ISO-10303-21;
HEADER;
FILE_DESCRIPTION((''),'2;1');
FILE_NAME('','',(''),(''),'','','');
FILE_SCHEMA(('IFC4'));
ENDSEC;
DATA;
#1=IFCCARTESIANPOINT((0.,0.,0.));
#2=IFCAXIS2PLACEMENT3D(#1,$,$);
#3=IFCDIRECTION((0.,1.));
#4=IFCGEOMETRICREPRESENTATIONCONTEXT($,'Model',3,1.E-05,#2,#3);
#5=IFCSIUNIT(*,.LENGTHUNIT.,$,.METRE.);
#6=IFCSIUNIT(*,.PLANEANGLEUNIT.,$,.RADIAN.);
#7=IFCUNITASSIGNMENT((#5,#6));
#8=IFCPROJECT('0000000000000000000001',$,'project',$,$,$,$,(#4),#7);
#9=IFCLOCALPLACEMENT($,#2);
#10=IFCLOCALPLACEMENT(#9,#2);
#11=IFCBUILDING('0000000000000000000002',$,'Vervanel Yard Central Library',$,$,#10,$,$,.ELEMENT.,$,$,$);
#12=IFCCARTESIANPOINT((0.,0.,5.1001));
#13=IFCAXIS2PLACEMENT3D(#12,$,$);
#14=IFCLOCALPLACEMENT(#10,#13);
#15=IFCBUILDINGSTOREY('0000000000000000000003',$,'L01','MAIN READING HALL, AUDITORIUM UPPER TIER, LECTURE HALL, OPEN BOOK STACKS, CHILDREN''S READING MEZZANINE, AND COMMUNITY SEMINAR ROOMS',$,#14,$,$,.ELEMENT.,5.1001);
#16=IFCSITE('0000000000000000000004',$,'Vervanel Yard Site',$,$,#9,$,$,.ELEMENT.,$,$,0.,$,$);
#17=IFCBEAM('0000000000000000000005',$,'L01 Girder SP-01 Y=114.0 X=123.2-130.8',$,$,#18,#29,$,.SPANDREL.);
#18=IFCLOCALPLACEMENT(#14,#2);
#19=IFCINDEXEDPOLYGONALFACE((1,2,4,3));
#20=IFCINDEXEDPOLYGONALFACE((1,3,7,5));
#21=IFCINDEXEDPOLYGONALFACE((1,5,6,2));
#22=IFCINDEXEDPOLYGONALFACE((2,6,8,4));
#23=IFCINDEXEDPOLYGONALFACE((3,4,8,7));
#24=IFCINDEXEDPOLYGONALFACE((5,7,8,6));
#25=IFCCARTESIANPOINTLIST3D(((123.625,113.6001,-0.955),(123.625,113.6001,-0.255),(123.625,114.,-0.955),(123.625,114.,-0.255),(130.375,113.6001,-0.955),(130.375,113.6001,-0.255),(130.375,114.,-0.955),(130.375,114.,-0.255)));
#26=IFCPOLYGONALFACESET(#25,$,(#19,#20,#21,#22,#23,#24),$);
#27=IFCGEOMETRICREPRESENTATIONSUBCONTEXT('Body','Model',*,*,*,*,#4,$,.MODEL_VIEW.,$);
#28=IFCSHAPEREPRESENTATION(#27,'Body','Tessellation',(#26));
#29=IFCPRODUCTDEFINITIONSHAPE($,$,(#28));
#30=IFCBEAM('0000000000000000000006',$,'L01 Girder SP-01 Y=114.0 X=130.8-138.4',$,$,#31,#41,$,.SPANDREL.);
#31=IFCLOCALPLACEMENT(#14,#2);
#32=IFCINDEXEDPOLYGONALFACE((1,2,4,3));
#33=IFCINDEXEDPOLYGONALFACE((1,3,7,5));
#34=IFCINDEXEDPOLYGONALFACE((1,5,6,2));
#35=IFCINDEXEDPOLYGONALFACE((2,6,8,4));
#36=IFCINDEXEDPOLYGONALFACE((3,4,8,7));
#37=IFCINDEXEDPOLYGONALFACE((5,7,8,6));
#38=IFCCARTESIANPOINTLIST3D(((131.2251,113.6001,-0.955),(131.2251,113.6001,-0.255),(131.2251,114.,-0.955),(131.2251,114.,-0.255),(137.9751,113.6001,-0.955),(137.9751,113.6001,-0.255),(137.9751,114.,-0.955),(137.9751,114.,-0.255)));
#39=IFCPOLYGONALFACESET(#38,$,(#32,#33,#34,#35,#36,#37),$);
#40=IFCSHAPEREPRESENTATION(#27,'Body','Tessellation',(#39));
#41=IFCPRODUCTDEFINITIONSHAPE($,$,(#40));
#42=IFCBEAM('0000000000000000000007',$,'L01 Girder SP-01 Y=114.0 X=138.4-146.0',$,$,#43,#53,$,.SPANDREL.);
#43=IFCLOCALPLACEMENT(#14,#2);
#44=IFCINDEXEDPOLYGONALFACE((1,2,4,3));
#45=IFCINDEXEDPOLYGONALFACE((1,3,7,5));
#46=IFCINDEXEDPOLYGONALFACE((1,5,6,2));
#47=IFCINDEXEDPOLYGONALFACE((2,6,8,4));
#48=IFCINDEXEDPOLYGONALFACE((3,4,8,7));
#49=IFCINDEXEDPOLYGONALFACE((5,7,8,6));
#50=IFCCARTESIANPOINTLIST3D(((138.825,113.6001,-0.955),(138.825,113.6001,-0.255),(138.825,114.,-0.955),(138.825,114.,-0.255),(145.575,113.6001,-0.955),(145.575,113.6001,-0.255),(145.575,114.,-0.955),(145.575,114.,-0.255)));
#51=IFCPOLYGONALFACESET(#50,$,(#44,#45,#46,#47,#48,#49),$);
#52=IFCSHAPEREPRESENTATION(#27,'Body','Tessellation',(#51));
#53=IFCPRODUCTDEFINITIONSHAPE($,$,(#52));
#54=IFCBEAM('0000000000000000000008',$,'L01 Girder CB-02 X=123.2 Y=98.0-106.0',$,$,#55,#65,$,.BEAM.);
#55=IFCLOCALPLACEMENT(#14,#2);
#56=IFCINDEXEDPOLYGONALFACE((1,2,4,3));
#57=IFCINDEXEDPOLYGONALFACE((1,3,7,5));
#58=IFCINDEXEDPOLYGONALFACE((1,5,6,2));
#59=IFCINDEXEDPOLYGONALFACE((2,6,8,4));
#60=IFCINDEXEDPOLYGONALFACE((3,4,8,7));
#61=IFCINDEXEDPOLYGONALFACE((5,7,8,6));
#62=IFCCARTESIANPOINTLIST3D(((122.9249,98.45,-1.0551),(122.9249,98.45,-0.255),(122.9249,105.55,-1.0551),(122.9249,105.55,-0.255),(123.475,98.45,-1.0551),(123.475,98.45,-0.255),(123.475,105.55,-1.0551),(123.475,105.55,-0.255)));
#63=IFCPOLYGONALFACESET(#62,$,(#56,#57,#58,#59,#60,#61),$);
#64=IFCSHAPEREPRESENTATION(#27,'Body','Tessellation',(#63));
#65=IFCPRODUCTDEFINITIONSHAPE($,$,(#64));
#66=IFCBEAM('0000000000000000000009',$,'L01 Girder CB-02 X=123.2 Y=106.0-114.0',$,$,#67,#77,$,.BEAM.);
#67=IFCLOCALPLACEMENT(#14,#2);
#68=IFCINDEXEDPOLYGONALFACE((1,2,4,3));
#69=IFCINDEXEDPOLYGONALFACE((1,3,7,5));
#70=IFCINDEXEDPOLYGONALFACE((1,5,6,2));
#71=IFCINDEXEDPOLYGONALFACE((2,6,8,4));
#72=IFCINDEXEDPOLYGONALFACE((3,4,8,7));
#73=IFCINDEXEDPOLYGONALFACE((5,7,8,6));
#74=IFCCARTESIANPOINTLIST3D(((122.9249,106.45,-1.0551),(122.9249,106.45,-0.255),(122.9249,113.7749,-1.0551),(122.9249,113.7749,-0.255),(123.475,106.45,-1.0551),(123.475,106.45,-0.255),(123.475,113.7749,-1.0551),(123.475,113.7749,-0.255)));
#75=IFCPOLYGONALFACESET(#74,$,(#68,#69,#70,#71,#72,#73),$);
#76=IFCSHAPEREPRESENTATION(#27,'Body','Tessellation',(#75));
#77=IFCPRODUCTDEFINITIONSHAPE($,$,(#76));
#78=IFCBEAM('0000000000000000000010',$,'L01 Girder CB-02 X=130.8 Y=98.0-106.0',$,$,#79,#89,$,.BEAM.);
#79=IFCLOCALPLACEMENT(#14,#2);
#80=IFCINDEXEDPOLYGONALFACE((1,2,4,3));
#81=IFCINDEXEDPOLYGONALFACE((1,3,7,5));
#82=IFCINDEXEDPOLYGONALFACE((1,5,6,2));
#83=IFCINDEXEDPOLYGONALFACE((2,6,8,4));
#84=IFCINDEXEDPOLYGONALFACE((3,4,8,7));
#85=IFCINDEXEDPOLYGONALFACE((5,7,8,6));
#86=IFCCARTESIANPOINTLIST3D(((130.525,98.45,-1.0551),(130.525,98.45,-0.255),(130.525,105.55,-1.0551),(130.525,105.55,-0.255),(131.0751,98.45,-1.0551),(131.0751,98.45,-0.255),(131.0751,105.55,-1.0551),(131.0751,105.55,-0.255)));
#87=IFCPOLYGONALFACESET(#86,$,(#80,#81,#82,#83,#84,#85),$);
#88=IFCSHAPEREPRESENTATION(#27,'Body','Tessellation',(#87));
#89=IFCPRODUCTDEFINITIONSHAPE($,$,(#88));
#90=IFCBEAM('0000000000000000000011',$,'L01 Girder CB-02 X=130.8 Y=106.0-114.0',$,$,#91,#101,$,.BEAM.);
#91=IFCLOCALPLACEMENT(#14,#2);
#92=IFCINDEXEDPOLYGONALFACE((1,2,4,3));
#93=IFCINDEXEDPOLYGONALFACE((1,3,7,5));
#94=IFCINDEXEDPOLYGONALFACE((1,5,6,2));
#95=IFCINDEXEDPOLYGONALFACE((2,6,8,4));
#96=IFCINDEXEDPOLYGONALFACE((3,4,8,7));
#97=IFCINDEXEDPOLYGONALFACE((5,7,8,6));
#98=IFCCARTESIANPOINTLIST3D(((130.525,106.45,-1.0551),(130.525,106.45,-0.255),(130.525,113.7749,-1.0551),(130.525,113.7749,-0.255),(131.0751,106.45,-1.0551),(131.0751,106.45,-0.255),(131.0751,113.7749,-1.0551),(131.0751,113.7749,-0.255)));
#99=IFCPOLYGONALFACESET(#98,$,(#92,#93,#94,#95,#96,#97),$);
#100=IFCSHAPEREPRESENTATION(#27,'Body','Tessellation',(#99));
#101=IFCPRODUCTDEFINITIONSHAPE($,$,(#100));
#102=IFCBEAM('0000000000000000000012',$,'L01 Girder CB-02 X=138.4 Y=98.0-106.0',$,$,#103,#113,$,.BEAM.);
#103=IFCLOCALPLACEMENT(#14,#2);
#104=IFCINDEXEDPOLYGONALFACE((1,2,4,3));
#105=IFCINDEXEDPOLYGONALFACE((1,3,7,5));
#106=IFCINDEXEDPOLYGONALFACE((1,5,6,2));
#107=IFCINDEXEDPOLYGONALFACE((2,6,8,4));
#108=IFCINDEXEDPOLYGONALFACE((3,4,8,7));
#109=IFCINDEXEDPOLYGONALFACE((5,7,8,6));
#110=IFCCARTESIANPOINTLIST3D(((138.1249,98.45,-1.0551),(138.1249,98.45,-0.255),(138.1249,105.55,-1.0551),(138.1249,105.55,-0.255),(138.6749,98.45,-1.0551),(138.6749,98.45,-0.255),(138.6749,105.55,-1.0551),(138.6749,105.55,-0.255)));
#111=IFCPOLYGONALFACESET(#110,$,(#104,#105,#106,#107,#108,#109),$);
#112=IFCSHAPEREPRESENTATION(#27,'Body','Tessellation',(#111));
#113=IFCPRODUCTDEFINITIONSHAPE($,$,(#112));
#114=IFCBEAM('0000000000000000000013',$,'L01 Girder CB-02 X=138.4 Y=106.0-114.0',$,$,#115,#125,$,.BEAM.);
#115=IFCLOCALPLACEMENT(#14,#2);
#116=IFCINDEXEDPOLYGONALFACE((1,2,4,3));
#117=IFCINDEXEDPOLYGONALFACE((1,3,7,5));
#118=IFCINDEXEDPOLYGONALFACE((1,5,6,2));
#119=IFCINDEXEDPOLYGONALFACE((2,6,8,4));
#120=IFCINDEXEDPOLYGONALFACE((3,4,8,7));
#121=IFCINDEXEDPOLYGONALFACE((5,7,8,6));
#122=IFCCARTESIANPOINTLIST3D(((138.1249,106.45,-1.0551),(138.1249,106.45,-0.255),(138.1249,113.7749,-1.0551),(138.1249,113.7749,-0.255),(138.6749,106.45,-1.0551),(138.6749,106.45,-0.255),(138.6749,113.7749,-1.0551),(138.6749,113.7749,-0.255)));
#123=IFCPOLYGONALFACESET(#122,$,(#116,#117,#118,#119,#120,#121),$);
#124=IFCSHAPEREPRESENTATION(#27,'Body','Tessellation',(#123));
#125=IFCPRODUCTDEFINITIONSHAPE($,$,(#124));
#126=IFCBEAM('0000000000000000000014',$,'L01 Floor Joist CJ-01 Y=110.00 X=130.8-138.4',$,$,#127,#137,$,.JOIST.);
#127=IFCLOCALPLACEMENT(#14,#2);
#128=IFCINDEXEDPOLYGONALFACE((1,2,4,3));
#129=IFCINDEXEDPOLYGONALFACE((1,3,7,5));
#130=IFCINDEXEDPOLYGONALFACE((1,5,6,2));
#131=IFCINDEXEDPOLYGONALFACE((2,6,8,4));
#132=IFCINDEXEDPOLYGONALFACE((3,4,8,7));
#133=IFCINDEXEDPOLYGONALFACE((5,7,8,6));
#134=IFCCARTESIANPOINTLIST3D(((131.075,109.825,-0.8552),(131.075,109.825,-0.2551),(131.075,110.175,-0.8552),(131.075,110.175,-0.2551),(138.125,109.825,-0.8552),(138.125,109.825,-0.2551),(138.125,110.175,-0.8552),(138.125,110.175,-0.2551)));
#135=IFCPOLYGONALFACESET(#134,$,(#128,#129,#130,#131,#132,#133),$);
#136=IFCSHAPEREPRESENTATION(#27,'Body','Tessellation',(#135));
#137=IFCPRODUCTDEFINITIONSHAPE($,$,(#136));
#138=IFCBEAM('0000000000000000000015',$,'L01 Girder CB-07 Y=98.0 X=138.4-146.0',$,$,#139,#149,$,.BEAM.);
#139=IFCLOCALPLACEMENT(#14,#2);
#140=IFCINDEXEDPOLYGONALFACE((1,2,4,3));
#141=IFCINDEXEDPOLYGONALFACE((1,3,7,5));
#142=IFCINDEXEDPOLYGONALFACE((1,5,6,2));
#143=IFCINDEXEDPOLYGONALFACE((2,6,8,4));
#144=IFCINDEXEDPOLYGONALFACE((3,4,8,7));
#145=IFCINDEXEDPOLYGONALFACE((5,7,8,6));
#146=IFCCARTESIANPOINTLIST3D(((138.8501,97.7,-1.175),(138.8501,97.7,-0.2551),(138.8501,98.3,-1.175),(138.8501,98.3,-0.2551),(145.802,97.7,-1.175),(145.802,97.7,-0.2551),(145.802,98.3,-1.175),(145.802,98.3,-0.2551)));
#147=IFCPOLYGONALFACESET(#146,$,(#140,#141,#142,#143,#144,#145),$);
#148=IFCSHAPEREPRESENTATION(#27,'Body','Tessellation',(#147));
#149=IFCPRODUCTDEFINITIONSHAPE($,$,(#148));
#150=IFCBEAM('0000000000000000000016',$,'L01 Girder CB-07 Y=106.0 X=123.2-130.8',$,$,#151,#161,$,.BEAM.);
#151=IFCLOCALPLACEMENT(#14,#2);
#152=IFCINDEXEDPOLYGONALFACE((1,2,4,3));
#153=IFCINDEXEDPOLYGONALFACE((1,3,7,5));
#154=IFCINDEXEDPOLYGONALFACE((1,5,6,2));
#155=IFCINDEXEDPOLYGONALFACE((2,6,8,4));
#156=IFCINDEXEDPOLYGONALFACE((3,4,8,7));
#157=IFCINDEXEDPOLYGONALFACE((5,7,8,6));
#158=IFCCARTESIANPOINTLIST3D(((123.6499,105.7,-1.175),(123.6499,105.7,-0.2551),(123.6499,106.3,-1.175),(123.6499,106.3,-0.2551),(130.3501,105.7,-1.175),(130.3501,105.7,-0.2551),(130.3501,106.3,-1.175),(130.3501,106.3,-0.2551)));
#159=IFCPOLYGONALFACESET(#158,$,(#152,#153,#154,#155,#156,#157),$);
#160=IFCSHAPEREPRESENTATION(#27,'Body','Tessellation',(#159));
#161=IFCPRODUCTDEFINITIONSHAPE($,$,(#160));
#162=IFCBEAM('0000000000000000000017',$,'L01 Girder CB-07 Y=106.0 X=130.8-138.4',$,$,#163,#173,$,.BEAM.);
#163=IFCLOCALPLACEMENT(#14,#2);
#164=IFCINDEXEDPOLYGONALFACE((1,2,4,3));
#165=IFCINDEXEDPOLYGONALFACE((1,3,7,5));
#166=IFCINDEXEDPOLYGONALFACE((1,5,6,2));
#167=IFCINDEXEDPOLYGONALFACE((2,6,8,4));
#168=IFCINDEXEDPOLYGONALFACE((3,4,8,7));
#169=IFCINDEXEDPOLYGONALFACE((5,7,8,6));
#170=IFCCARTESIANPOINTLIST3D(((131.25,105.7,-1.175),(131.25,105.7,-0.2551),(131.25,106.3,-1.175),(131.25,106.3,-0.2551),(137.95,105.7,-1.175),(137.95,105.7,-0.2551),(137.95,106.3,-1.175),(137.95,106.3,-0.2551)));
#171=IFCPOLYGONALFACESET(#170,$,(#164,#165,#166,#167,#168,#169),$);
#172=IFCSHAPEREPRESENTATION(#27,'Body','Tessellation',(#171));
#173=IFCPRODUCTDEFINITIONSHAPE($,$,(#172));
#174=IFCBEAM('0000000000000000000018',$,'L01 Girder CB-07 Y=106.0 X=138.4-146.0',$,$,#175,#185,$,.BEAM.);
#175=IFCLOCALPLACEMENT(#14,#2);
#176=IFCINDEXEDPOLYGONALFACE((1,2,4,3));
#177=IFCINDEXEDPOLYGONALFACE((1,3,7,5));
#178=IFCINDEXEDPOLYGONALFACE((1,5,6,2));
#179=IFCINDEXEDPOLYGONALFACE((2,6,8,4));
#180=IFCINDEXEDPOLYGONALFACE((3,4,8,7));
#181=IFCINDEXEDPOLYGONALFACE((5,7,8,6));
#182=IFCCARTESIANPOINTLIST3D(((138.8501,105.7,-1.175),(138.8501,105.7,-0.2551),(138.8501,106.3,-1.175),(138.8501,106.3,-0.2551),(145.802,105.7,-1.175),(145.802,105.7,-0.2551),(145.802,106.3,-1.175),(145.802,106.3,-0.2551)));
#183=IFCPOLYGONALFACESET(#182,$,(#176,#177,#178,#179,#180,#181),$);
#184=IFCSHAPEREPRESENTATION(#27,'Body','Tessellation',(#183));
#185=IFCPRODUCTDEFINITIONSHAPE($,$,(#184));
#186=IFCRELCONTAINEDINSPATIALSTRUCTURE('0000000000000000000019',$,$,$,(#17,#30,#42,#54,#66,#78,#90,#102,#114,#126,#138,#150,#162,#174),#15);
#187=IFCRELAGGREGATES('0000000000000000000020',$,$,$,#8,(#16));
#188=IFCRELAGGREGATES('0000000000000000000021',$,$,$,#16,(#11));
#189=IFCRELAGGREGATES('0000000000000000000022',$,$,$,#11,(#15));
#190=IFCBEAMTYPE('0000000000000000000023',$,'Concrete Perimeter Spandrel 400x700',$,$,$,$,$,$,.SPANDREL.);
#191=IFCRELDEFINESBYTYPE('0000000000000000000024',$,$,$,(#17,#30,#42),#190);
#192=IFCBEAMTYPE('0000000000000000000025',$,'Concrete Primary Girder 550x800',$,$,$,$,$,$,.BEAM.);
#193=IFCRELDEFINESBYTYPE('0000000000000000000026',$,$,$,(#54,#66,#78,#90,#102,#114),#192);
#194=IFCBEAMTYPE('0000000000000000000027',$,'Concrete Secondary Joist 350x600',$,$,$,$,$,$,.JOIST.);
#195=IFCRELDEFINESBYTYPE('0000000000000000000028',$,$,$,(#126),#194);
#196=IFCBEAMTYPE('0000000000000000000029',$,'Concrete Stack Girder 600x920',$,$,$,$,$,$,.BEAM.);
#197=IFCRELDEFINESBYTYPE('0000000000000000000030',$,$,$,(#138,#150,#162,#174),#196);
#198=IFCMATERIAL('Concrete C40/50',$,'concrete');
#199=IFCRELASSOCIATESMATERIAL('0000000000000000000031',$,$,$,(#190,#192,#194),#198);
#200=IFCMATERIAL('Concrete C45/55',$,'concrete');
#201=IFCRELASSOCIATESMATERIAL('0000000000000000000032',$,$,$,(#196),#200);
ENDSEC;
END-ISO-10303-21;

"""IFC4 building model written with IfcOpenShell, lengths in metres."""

from ifc_helpers import new_model, si_unit, direction, frame, origin, origin_2d, place, context, subcontext, project, spatial, rectangle, extrude, material, material_profile, profile_set, type_object, element, save


model = new_model("IFC4")

# Units and contexts
model_context = context("Model", 3, precision=1e-05, world=origin(), true_north=direction((0.0, 1.0)))
body_context = subcontext(model_context, "Body", "Model", "MODEL_VIEW")
ifc_project = project(units=[si_unit("LENGTHUNIT", "METRE"), si_unit("PLANEANGLEUNIT", "RADIAN")], contexts=[model_context])

# Site, building, storey
site_placement = place(None, origin())
site = spatial("IfcSite", under=ifc_project, at=site_placement, Name="Vervanel Yard Site", CompositionType="ELEMENT", RefElevation=0.0)
building_placement = place(site_placement, origin())
building = spatial("IfcBuilding", under=site, at=building_placement, Name="Vervanel Yard Central Library", CompositionType="ELEMENT")
storey_placement = place(building_placement, frame((0.0, 0.0, 5.1001)))
storey = spatial("IfcBuildingStorey", under=building, at=storey_placement, Name="L01", Description="MAIN READING HALL, AUDITORIUM UPPER TIER, LECTURE HALL, OPEN BOOK STACKS, CHILDREN'S READING MEZZANINE, AND COMMUNITY SEMINAR ROOMS", CompositionType="ELEMENT", Elevation=5.1001)

# Beams
ifc_material_1 = material(Name="Concrete C40/50", Category="concrete")
ifc_material_profile_1 = material_profile(ifc_material_1, rectangle(XDim=0.3999, YDim=0.7, at=origin_2d()), Name="RC 400x700", Category="concrete")
ifc_profile_set_1 = profile_set([ifc_material_profile_1], Name="Concrete C40/50")
beam_type_1 = type_object("IfcBeamType", Name="Concrete Perimeter Spandrel 400x700", PredefinedType="SPANDREL", material=ifc_profile_set_1)
for number, where, z_axis, x_axis, name in (
    (1, (123.625, 113.8, -0.605), (1.0, 0.0, 0.0), (0.0, 1.0, 0.0), "L01 Girder SP-01 Y=114.0 X=123.2-130.8"),
    (2, (131.2251, 113.8, -0.605), (1.0, 0.0, 0.0), (0.0, 1.0, 0.0), "L01 Girder SP-01 Y=114.0 X=130.8-138.4"),
    (3, (138.825, 113.8, -0.605), (1.0, 0.0, 0.0), (0.0, 1.0, 0.0), "L01 Girder SP-01 Y=114.0 X=138.4-146.0"),
):
    element("IfcBeam", number, at=place(storey_placement, frame(where, z_axis=z_axis, x_axis=x_axis)), inside=storey, type_object=beam_type_1, Name=name, PredefinedType="SPANDREL", context=body_context, shape_type="SweptSolid", body=[
        extrude(rectangle(XDim=0.3999, YDim=0.7, at=origin_2d()), origin(), (0.0, 0.0, 1.0), 6.75),
    ])
ifc_material_profile_2 = material_profile(ifc_material_1, rectangle(XDim=0.55, YDim=0.8, at=origin_2d()), Name="RC 550x800", Category="concrete")
ifc_profile_set_2 = profile_set([ifc_material_profile_2], Name="Concrete C40/50")
beam_type_2 = type_object("IfcBeamType", Name="Concrete Primary Girder 550x800", PredefinedType="BEAM", material=ifc_profile_set_2)
beam_1_placement = place(storey_placement, frame((123.2, 98.45, -0.655), z_axis=(0.0, 1.0, 0.0), x_axis=(-1.0, 0.0, 0.0)))
element("IfcBeam", 4, at=beam_1_placement, inside=storey, type_object=beam_type_2, Name="L01 Girder CB-02 X=123.2 Y=98.0-106.0", PredefinedType="BEAM", context=body_context, shape_type="SweptSolid", body=[
    extrude(rectangle(XDim=0.55, YDim=0.8, at=origin_2d()), origin(), (0.0, 0.0, 1.0), 7.1001),
])
beam_2_placement = place(storey_placement, frame((123.2, 106.45, -0.655), z_axis=(0.0, 1.0, 0.0), x_axis=(-1.0, 0.0, 0.0)))
element("IfcBeam", 5, at=beam_2_placement, inside=storey, type_object=beam_type_2, Name="L01 Girder CB-02 X=123.2 Y=106.0-114.0", PredefinedType="BEAM", context=body_context, shape_type="SweptSolid", body=[
    extrude(rectangle(XDim=0.55, YDim=0.8, at=origin_2d()), origin(), (0.0, 0.0, 1.0), 7.325),
])
beam_3_placement = place(storey_placement, frame((130.8, 98.45, -0.655), z_axis=(0.0, 1.0, 0.0), x_axis=(-1.0, 0.0, 0.0)))
element("IfcBeam", 6, at=beam_3_placement, inside=storey, type_object=beam_type_2, Name="L01 Girder CB-02 X=130.8 Y=98.0-106.0", PredefinedType="BEAM", context=body_context, shape_type="SweptSolid", body=[
    extrude(rectangle(XDim=0.55, YDim=0.8, at=origin_2d()), origin(), (0.0, 0.0, 1.0), 7.1001),
])
beam_4_placement = place(storey_placement, frame((130.8, 106.45, -0.655), z_axis=(0.0, 1.0, 0.0), x_axis=(-1.0, 0.0, 0.0)))
element("IfcBeam", 7, at=beam_4_placement, inside=storey, type_object=beam_type_2, Name="L01 Girder CB-02 X=130.8 Y=106.0-114.0", PredefinedType="BEAM", context=body_context, shape_type="SweptSolid", body=[
    extrude(rectangle(XDim=0.55, YDim=0.8, at=origin_2d()), origin(), (0.0, 0.0, 1.0), 7.325),
])
beam_5_placement = place(storey_placement, frame((138.3999, 98.45, -0.655), z_axis=(0.0, 1.0, 0.0), x_axis=(-1.0, 0.0, 0.0)))
element("IfcBeam", 8, at=beam_5_placement, inside=storey, type_object=beam_type_2, Name="L01 Girder CB-02 X=138.4 Y=98.0-106.0", PredefinedType="BEAM", context=body_context, shape_type="SweptSolid", body=[
    extrude(rectangle(XDim=0.55, YDim=0.8, at=origin_2d()), origin(), (0.0, 0.0, 1.0), 7.1001),
])
beam_6_placement = place(storey_placement, frame((138.3999, 106.45, -0.655), z_axis=(0.0, 1.0, 0.0), x_axis=(-1.0, 0.0, 0.0)))
element("IfcBeam", 9, at=beam_6_placement, inside=storey, type_object=beam_type_2, Name="L01 Girder CB-02 X=138.4 Y=106.0-114.0", PredefinedType="BEAM", context=body_context, shape_type="SweptSolid", body=[
    extrude(rectangle(XDim=0.55, YDim=0.8, at=origin_2d()), origin(), (0.0, 0.0, 1.0), 7.325),
])
ifc_material_profile_3 = material_profile(ifc_material_1, rectangle(XDim=0.3501, YDim=0.6001, at=origin_2d()), Name="RC 350x600", Category="concrete")
ifc_profile_set_3 = profile_set([ifc_material_profile_3], Name="Concrete C40/50")
beam_type_3 = type_object("IfcBeamType", Name="Concrete Secondary Joist 350x600", PredefinedType="JOIST", material=ifc_profile_set_3)
beam_7_placement = place(storey_placement, frame((131.075, 110.0, -0.5552), z_axis=(1.0, 0.0, 0.0), x_axis=(0.0, 1.0, 0.0)))
element("IfcBeam", 10, at=beam_7_placement, inside=storey, type_object=beam_type_3, Name="L01 Floor Joist CJ-01 Y=110.00 X=130.8-138.4", PredefinedType="JOIST", context=body_context, shape_type="SweptSolid", body=[
    extrude(rectangle(XDim=0.3501, YDim=0.6001, at=origin_2d()), origin(), (0.0, 0.0, 1.0), 7.05),
])
ifc_material_2 = material(Name="Concrete C45/55", Category="concrete")
ifc_material_profile_4 = material_profile(ifc_material_2, rectangle(XDim=0.6001, YDim=0.9199, at=origin_2d()), Name="RC 600x920", Category="concrete")
ifc_profile_set_4 = profile_set([ifc_material_profile_4], Name="Concrete C45/55")
beam_type_4 = type_object("IfcBeamType", Name="Concrete Stack Girder 600x920", PredefinedType="BEAM", material=ifc_profile_set_4)
beam_8_placement = place(storey_placement, frame((138.8501, 98.0, -0.7151), z_axis=(1.0, 0.0, 0.0), x_axis=(0.0, 1.0, 0.0)))
element("IfcBeam", 11, at=beam_8_placement, inside=storey, type_object=beam_type_4, Name="L01 Girder CB-07 Y=98.0 X=138.4-146.0", PredefinedType="BEAM", context=body_context, shape_type="SweptSolid", body=[
    extrude(rectangle(XDim=0.6001, YDim=0.9199, at=origin_2d()), origin(), (0.0, 0.0, 1.0), 6.9519),
])
beam_9_placement = place(storey_placement, frame((123.6499, 106.0, -0.7151), z_axis=(1.0, 0.0, 0.0), x_axis=(0.0, 1.0, 0.0)))
element("IfcBeam", 12, at=beam_9_placement, inside=storey, type_object=beam_type_4, Name="L01 Girder CB-07 Y=106.0 X=123.2-130.8", PredefinedType="BEAM", context=body_context, shape_type="SweptSolid", body=[
    extrude(rectangle(XDim=0.6001, YDim=0.9199, at=origin_2d()), origin(), (0.0, 0.0, 1.0), 6.7002),
])
beam_10_placement = place(storey_placement, frame((131.25, 106.0, -0.7151), z_axis=(1.0, 0.0, 0.0), x_axis=(0.0, 1.0, 0.0)))
element("IfcBeam", 13, at=beam_10_placement, inside=storey, type_object=beam_type_4, Name="L01 Girder CB-07 Y=106.0 X=130.8-138.4", PredefinedType="BEAM", context=body_context, shape_type="SweptSolid", body=[
    extrude(rectangle(XDim=0.6001, YDim=0.9199, at=origin_2d()), origin(), (0.0, 0.0, 1.0), 6.7),
])
beam_11_placement = place(storey_placement, frame((138.8501, 106.0, -0.7151), z_axis=(1.0, 0.0, 0.0), x_axis=(0.0, 1.0, 0.0)))
element("IfcBeam", 14, at=beam_11_placement, inside=storey, type_object=beam_type_4, Name="L01 Girder CB-07 Y=106.0 X=138.4-146.0", PredefinedType="BEAM", context=body_context, shape_type="SweptSolid", body=[
    extrude(rectangle(XDim=0.6001, YDim=0.9199, at=origin_2d()), origin(), (0.0, 0.0, 1.0), 6.9519),
])

save(model, "model.ifc")
